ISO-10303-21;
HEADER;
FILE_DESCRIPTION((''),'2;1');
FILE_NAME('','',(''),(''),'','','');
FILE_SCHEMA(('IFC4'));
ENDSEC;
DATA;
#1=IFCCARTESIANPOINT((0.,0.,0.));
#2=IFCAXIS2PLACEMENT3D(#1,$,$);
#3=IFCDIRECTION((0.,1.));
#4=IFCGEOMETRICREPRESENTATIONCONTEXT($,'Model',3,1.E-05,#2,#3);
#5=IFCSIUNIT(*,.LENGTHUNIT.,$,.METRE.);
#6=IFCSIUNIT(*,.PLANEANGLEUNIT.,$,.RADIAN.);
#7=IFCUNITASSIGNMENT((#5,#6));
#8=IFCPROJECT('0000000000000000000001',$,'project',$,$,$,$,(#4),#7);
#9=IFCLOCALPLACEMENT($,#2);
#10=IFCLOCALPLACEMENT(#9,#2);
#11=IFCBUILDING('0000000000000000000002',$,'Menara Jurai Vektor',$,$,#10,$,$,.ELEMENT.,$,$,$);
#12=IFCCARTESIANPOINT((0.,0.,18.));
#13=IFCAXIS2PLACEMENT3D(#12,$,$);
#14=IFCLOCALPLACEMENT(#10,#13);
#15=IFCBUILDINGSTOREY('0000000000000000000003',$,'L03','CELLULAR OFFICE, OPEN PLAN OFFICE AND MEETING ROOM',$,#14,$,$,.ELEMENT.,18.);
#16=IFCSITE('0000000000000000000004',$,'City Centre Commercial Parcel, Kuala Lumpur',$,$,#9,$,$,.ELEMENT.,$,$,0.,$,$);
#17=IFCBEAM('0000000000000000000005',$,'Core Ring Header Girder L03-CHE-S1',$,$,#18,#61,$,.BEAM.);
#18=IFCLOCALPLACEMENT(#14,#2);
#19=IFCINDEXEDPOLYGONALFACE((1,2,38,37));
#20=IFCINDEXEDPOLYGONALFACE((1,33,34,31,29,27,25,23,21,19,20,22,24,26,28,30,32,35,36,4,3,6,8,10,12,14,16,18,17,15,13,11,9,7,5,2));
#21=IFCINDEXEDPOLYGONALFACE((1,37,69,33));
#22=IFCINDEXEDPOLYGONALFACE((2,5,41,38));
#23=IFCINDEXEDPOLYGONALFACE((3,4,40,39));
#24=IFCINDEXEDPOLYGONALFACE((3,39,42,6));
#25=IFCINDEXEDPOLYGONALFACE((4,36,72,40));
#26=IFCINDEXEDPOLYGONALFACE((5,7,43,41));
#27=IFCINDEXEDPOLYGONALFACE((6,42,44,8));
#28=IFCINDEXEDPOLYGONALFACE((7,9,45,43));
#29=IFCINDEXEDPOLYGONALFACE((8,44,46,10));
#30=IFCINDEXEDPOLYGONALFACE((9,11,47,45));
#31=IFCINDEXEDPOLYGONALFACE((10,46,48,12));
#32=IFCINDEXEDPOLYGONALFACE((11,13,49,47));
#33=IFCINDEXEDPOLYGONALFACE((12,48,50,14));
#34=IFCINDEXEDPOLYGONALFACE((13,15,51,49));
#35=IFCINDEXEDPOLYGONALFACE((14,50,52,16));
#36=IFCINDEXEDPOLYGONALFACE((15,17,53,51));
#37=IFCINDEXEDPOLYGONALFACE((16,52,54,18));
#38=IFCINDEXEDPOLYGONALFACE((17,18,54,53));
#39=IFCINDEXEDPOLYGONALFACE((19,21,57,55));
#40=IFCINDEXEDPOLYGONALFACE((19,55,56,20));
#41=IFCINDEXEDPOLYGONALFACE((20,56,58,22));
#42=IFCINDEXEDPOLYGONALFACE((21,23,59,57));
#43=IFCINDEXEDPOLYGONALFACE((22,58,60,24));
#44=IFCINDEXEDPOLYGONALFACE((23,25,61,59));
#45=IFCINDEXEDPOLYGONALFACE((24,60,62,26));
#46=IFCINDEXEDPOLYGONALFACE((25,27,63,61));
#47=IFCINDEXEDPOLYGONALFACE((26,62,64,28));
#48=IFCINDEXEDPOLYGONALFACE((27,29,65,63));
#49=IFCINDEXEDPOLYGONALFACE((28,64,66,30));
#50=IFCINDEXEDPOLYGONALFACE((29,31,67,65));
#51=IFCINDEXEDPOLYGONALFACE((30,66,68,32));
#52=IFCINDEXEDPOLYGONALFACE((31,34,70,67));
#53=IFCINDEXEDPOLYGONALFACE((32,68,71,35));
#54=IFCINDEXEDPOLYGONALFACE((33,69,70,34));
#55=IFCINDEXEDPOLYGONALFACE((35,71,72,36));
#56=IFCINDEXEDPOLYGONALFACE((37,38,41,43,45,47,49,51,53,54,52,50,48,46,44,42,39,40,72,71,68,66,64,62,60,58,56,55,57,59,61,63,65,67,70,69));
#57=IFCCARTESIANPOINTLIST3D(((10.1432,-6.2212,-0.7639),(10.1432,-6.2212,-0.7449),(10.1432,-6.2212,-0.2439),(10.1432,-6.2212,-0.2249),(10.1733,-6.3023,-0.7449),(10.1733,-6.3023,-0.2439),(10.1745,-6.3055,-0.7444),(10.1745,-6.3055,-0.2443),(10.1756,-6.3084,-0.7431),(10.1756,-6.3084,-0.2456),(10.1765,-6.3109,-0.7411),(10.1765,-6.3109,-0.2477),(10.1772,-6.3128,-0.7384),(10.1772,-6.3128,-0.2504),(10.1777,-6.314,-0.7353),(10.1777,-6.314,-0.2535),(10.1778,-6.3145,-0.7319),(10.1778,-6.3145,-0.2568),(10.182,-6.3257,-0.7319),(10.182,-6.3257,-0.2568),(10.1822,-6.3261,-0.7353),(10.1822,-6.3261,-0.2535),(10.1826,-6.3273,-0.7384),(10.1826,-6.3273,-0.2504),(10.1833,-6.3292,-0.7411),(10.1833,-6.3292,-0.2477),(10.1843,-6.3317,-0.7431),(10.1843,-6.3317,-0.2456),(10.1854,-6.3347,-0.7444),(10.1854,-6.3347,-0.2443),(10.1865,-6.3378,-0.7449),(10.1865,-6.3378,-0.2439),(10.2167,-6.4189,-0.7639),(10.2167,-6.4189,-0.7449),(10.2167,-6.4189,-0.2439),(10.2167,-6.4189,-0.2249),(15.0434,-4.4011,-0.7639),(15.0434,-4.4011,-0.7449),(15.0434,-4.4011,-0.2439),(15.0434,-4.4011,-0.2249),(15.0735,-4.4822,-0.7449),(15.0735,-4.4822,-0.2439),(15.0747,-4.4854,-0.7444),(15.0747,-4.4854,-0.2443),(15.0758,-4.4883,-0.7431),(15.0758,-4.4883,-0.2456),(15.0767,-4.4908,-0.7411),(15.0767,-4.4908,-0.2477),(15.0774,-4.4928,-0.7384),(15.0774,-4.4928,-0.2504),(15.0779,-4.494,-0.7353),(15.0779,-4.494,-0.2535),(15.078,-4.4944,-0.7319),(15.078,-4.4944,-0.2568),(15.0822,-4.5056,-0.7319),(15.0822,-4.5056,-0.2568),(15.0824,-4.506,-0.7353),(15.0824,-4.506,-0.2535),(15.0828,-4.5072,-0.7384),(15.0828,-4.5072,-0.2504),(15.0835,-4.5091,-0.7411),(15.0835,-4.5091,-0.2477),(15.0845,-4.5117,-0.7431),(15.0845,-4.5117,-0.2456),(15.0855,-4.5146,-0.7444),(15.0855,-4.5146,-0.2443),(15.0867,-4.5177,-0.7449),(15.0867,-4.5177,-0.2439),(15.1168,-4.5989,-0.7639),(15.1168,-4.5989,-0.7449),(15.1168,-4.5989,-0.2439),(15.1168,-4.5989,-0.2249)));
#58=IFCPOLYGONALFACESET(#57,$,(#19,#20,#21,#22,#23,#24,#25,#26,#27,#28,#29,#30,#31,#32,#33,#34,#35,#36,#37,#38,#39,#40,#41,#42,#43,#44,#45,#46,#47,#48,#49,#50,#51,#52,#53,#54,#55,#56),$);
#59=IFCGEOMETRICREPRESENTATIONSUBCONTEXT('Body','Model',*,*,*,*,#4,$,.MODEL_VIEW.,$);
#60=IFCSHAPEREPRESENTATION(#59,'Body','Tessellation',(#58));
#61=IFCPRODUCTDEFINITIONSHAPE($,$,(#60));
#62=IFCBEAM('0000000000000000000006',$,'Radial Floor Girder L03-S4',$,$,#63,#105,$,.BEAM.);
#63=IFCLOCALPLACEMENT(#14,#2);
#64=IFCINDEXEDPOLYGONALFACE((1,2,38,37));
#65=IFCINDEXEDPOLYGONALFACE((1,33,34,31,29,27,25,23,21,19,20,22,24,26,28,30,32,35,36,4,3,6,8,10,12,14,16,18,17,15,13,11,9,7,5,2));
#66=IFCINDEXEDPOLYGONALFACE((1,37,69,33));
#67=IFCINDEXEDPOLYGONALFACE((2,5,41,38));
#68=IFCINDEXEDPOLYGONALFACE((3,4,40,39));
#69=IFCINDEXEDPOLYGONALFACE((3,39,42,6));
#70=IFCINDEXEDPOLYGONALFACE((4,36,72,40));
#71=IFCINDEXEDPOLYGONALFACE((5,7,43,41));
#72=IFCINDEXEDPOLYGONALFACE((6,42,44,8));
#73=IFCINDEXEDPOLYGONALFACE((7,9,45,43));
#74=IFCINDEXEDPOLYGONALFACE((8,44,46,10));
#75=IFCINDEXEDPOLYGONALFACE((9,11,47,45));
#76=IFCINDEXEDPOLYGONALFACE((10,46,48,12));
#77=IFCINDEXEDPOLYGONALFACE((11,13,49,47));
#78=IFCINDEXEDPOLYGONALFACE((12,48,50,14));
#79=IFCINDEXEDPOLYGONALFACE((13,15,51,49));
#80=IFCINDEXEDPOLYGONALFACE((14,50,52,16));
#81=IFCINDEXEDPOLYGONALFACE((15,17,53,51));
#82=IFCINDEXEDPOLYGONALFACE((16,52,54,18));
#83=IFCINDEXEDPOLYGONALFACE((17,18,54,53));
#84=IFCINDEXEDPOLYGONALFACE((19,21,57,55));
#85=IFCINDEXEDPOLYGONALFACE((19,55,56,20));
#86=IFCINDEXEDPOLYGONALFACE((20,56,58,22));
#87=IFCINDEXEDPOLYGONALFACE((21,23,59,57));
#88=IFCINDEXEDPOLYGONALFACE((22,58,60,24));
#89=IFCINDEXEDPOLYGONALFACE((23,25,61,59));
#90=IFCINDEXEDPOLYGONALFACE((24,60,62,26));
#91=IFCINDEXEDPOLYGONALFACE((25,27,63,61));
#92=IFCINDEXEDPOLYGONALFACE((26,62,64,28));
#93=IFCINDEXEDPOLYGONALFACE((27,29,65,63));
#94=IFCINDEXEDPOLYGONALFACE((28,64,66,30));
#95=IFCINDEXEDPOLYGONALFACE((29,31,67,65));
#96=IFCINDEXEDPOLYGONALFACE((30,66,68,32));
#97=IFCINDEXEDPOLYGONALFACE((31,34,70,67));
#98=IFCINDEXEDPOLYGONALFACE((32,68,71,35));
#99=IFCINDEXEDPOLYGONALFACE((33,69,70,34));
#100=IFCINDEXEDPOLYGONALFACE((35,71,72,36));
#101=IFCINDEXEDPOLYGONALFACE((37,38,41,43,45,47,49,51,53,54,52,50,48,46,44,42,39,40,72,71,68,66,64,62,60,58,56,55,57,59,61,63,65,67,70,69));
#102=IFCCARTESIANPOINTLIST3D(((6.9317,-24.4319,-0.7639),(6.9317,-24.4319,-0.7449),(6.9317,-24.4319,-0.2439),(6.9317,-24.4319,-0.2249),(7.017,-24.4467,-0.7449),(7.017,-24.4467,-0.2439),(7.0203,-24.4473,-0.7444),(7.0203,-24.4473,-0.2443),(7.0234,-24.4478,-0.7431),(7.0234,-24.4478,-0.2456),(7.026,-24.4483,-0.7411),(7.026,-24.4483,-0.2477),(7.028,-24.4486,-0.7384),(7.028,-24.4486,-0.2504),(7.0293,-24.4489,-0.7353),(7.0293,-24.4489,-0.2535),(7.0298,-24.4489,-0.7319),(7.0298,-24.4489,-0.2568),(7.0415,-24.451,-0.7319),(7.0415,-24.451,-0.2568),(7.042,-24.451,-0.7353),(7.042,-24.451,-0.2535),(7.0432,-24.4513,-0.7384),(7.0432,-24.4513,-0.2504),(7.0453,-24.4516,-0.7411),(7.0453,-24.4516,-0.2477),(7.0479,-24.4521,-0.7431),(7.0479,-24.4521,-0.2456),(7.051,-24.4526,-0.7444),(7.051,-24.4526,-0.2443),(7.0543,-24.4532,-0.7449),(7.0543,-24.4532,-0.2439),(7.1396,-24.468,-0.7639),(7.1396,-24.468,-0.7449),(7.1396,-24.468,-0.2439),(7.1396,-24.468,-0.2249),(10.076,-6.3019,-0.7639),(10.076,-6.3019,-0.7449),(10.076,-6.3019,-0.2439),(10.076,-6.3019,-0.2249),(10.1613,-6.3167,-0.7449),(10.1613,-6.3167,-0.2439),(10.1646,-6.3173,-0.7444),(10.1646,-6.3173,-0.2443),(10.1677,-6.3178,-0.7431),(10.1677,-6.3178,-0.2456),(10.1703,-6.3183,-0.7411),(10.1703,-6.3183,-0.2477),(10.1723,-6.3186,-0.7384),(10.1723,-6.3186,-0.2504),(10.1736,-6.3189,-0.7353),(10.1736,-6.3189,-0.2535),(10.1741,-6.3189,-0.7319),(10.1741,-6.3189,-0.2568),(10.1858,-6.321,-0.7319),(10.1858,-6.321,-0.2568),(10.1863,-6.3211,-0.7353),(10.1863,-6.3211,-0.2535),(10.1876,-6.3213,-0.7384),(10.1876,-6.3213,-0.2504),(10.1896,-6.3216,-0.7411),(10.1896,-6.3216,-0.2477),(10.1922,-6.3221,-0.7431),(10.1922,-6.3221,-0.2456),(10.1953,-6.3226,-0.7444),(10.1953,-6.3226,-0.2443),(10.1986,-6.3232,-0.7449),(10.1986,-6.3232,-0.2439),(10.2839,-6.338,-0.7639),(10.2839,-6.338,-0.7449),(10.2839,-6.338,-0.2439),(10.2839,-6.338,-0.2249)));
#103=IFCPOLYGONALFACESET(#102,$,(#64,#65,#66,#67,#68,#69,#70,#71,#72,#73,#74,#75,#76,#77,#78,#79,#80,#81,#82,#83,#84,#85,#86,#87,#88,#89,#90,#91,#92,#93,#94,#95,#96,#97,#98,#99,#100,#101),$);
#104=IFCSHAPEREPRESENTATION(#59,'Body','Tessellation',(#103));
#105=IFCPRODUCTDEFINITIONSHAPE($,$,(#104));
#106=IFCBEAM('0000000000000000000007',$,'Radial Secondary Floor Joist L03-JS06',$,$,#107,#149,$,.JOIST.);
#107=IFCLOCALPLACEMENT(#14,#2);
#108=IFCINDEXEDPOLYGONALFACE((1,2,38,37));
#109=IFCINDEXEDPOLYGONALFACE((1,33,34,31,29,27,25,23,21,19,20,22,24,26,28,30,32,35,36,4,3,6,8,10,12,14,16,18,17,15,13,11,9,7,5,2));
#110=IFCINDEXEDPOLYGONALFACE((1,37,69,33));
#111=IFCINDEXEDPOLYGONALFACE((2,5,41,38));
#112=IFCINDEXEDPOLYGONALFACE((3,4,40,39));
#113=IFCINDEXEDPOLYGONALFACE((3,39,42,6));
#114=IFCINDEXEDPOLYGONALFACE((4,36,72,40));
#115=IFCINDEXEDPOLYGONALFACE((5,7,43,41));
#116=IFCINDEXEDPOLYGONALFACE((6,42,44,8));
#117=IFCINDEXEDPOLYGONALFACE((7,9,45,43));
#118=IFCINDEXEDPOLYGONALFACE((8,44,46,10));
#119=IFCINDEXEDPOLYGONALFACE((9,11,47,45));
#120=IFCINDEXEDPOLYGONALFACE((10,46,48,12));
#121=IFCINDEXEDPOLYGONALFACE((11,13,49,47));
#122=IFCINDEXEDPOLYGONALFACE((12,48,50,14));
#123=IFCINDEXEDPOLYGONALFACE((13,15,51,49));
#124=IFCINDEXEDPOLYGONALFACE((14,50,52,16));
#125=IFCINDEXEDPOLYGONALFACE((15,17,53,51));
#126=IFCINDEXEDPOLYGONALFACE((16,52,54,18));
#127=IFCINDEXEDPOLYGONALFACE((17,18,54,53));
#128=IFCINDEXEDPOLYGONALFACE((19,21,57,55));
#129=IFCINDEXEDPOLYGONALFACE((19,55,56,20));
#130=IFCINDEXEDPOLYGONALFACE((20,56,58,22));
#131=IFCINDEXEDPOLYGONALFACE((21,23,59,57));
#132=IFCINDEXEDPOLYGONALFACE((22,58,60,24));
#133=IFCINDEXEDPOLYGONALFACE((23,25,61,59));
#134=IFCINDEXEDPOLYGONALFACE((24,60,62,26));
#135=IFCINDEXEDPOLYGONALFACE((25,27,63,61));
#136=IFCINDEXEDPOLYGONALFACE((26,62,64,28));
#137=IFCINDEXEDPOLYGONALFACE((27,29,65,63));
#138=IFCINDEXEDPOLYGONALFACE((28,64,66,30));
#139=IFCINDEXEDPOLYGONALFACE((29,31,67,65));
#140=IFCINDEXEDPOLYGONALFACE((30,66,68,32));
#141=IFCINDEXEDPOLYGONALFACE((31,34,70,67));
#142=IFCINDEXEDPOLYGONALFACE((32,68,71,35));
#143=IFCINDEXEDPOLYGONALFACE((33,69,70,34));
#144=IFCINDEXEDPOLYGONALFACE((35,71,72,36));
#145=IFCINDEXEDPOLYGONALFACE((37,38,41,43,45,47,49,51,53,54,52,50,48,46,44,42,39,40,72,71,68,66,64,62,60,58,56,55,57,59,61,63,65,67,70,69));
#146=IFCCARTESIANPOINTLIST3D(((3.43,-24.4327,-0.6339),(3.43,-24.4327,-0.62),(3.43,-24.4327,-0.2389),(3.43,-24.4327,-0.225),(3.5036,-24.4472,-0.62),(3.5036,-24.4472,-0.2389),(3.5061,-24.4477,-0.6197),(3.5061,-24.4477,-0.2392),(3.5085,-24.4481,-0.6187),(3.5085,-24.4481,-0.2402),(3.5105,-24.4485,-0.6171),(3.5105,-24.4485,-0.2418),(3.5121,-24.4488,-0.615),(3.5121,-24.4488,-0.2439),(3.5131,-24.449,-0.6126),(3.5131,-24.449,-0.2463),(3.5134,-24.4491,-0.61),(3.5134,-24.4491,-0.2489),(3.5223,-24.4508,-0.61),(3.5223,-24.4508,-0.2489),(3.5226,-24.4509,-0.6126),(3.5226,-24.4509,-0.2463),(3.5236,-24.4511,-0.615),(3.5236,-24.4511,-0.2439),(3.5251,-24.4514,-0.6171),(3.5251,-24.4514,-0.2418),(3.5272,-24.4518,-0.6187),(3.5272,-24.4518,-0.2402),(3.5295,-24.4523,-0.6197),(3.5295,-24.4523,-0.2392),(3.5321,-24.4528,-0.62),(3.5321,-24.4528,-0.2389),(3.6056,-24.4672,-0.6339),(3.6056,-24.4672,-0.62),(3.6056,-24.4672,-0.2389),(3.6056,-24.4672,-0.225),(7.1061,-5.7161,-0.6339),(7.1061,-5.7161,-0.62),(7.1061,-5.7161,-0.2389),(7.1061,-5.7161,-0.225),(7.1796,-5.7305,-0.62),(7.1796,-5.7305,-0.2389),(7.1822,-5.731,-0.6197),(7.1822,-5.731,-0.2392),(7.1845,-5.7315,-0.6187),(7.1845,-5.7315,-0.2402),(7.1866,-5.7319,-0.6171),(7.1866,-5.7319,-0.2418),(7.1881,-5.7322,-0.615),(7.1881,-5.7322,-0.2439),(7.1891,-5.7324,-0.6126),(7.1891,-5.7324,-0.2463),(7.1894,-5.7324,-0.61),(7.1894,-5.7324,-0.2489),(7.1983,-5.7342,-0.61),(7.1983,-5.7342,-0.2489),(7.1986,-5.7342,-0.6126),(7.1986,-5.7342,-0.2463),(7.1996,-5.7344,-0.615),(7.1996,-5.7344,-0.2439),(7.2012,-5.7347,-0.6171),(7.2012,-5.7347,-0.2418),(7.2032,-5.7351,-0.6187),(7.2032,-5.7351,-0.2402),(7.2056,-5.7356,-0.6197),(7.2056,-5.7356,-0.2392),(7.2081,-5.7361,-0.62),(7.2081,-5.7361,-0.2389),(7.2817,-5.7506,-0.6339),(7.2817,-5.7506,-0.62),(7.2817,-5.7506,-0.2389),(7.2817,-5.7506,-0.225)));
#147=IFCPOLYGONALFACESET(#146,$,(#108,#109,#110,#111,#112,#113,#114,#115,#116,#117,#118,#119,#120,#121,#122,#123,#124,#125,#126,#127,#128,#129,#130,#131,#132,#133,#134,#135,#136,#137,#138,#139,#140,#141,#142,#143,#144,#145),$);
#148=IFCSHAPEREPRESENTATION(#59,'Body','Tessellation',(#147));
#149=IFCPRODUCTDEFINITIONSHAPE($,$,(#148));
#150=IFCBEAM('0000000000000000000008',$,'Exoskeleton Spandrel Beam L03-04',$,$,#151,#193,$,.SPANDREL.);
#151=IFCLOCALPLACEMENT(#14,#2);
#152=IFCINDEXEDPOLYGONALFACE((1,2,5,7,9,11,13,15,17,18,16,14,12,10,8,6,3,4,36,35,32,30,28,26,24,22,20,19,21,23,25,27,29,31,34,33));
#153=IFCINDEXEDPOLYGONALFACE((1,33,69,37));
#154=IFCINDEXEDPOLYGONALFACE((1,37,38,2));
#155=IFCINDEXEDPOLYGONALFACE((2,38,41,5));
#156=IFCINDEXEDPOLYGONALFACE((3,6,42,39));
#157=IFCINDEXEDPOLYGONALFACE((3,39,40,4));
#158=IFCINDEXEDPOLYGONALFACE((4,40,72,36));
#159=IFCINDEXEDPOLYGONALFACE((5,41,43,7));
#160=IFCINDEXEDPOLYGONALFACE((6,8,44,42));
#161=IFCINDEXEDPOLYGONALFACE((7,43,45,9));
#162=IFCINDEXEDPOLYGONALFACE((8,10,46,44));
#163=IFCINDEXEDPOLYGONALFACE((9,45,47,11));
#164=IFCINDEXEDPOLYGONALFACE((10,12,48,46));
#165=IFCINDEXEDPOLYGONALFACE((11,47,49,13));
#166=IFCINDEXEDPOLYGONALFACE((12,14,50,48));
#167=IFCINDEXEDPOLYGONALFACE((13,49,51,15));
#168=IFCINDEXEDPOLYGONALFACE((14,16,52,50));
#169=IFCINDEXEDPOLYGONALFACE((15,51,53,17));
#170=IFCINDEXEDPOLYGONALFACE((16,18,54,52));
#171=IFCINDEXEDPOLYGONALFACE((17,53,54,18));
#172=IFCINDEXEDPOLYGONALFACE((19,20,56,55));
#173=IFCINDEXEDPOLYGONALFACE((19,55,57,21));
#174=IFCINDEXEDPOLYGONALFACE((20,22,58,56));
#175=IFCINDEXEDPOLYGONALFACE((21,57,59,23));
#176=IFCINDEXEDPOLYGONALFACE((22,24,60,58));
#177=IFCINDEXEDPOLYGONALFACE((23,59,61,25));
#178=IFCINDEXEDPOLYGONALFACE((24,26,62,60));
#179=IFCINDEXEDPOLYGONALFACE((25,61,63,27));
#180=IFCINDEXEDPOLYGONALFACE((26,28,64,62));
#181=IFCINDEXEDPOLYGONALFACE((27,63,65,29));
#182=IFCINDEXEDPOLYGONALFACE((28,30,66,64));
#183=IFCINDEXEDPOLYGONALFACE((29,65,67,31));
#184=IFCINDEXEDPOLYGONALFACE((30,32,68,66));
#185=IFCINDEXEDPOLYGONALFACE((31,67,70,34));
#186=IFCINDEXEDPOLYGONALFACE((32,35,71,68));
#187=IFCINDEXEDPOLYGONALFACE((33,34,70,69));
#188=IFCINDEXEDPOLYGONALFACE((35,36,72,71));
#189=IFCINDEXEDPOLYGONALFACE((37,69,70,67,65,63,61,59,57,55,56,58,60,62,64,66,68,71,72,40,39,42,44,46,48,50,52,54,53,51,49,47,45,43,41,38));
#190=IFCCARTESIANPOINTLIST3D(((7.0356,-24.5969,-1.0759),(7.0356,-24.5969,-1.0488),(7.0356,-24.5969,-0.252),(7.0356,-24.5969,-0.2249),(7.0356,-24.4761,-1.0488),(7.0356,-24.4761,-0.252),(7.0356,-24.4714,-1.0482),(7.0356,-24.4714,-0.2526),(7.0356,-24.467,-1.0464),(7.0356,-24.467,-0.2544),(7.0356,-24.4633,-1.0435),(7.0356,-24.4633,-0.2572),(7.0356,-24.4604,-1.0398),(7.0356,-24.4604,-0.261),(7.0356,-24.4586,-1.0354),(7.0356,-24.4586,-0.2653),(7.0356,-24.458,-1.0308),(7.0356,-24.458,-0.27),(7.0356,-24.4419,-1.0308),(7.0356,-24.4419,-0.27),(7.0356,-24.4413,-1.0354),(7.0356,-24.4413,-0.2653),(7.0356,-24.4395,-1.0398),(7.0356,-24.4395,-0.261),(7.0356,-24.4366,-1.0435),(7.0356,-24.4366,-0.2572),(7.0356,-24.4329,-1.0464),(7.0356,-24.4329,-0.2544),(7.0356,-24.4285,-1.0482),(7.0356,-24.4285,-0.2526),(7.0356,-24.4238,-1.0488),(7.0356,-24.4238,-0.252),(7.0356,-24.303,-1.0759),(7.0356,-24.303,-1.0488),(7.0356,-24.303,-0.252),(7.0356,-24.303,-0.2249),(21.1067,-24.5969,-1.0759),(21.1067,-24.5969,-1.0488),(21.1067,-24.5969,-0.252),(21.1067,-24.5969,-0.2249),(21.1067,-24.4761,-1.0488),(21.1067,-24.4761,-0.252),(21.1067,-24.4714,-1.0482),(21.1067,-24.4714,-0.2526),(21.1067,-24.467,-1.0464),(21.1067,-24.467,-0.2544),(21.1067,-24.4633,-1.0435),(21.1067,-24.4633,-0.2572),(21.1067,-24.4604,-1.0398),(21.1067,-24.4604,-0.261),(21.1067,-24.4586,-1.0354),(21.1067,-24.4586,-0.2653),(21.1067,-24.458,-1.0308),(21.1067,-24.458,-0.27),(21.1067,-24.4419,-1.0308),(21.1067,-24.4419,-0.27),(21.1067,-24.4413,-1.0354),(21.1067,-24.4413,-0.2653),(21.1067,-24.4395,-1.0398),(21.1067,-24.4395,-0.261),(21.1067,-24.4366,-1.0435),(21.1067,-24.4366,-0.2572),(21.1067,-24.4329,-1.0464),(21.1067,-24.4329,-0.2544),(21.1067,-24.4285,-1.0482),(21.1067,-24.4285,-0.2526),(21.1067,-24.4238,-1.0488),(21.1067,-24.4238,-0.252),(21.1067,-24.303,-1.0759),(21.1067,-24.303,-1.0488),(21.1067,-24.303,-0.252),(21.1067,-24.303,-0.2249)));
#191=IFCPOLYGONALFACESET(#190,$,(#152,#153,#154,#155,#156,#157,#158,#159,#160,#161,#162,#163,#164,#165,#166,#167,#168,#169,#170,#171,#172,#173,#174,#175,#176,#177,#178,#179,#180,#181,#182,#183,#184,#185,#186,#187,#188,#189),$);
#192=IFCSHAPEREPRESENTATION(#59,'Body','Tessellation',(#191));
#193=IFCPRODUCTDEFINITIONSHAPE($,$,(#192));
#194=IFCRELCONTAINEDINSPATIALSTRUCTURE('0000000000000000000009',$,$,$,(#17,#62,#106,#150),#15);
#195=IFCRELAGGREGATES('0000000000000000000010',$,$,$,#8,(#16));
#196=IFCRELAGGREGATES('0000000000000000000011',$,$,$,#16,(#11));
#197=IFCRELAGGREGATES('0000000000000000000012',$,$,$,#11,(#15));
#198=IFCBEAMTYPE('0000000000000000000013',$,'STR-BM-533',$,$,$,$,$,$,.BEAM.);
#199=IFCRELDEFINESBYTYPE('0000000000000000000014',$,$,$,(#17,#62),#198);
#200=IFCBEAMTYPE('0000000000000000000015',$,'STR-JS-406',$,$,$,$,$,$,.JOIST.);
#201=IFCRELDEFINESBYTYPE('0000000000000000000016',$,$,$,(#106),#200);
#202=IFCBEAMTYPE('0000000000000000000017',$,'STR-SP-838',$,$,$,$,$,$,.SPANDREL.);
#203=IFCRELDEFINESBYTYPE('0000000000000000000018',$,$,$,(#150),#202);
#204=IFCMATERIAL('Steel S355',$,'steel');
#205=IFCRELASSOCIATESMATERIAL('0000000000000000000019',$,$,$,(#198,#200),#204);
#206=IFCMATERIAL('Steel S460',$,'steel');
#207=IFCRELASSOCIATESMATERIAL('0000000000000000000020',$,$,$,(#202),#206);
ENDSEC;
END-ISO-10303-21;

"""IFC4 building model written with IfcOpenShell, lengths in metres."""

from ifc_helpers import new_model, si_unit, direction, frame, origin, origin_2d, place, context, subcontext, project, spatial, i_section, extrude, material, material_profile, profile_set, type_object, element, save


model = new_model("IFC4")

# Units and contexts
model_context = context("Model", 3, precision=1e-05, world=origin(), true_north=direction((0.0, 1.0)))
body_context = subcontext(model_context, "Body", "Model", "MODEL_VIEW")
ifc_project = project(units=[si_unit("LENGTHUNIT", "METRE"), si_unit("PLANEANGLEUNIT", "RADIAN")], contexts=[model_context])

# Site, building, storey
site_placement = place(None, origin())
site = spatial("IfcSite", under=ifc_project, at=site_placement, Name="City Centre Commercial Parcel, Kuala Lumpur", CompositionType="ELEMENT", RefElevation=0.0)
building_placement = place(site_placement, origin())
building = spatial("IfcBuilding", under=site, at=building_placement, Name="Menara Jurai Vektor", CompositionType="ELEMENT")
storey_placement = place(building_placement, frame((0.0, 0.0, 18.0)))
storey = spatial("IfcBuildingStorey", under=building, at=storey_placement, Name="L03", Description="CELLULAR OFFICE, OPEN PLAN OFFICE AND MEETING ROOM", CompositionType="ELEMENT", Elevation=18.0)

# Shared definitions
ifc_material_1 = material(Name="Steel S460", Category="steel")

# Beams
ifc_material_2 = material(Name="Steel S355", Category="steel")
ifc_material_profile_1 = material_profile(ifc_material_2, i_section(OverallWidth=0.2109, OverallDepth=0.5391, WebThickness=0.012, FlangeThickness=0.019, FilletRadius=0.0129, at=origin_2d()), Name="UKB 533x210x109")
ifc_profile_set_1 = profile_set([ifc_material_profile_1], Name="Steel S355")
beam_type_1 = type_object("IfcBeamType", Name="STR-BM-533", PredefinedType="BEAM", material=ifc_profile_set_1)
beam_1_placement = place(storey_placement, frame((10.1799, -6.3201, -0.4944), z_axis=(0.937424, 0.348189, 0.0), x_axis=(-0.348189, 0.937424, 0.0)))
element("IfcBeam", 1, at=beam_1_placement, inside=storey, type_object=beam_type_1, Name="Core Ring Header Girder L03-CHE-S1", PredefinedType="BEAM", context=body_context, shape_type="SweptSolid", body=[
    extrude(i_section(OverallWidth=0.2109, OverallDepth=0.5391, WebThickness=0.012, FlangeThickness=0.019, FilletRadius=0.0129, at=origin_2d()), origin(), (0.0, 0.0, 1.0), 5.2273),
])
beam_2_placement = place(storey_placement, frame((7.0356, -24.45, -0.4944), z_axis=(0.17088, 0.985292, 0.0), x_axis=(-0.985292, 0.17088, 0.0)))
element("IfcBeam", 2, at=beam_2_placement, inside=storey, type_object=beam_type_1, Name="Radial Floor Girder L03-S4", PredefinedType="BEAM", context=body_context, shape_type="SweptSolid", body=[
    extrude(i_section(OverallWidth=0.2109, OverallDepth=0.5391, WebThickness=0.012, FlangeThickness=0.019, FilletRadius=0.0129, at=origin_2d()), origin(), (0.0, 0.0, 1.0), 18.4006),
])
ifc_material_profile_2 = material_profile(ifc_material_2, i_section(OverallWidth=0.179, OverallDepth=0.4089, WebThickness=0.009, FlangeThickness=0.0139, FilletRadius=0.01, at=origin_2d()), Name="UKB 406x178x67")
ifc_profile_set_2 = profile_set([ifc_material_profile_2], Name="Steel S355")
beam_type_2 = type_object("IfcBeamType", Name="STR-JS-406", PredefinedType="JOIST", material=ifc_profile_set_2)
beam_3_placement = place(storey_placement, frame((3.5178, -24.45, -0.4294), z_axis=(0.192723, 0.981253, 0.0), x_axis=(-0.981253, 0.192723, 0.0)))
element("IfcBeam", 3, at=beam_3_placement, inside=storey, type_object=beam_type_2, Name="Radial Secondary Floor Joist L03-JS06", PredefinedType="JOIST", context=body_context, shape_type="SweptSolid", body=[
    extrude(i_section(OverallWidth=0.179, OverallDepth=0.4089, WebThickness=0.009, FlangeThickness=0.0139, FilletRadius=0.01, at=origin_2d()), origin(), (0.0, 0.0, 1.0), 19.0742),
])
ifc_material_profile_3 = material_profile(ifc_material_1, i_section(OverallWidth=0.2939, OverallDepth=0.8511, WebThickness=0.0161, FlangeThickness=0.0271, FilletRadius=0.0181, at=origin_2d()), Name="UKB 838x292x226")
ifc_profile_set_3 = profile_set([ifc_material_profile_3], Name="Steel S460")
beam_type_3 = type_object("IfcBeamType", Name="STR-SP-838", PredefinedType="SPANDREL", material=ifc_profile_set_3)
beam_4_placement = place(storey_placement, frame((7.0356, -24.45, -0.6504), z_axis=(1.0, 0.0, 0.0), x_axis=(0.0, 1.0, 0.0)))
element("IfcBeam", 4, at=beam_4_placement, inside=storey, type_object=beam_type_3, Name="Exoskeleton Spandrel Beam L03-04", PredefinedType="SPANDREL", context=body_context, shape_type="SweptSolid", body=[
    extrude(i_section(OverallWidth=0.2939, OverallDepth=0.8511, WebThickness=0.0161, FlangeThickness=0.0271, FilletRadius=0.0181, at=origin_2d()), origin(), (0.0, 0.0, 1.0), 14.071),
])

save(model, "model.ifc")
